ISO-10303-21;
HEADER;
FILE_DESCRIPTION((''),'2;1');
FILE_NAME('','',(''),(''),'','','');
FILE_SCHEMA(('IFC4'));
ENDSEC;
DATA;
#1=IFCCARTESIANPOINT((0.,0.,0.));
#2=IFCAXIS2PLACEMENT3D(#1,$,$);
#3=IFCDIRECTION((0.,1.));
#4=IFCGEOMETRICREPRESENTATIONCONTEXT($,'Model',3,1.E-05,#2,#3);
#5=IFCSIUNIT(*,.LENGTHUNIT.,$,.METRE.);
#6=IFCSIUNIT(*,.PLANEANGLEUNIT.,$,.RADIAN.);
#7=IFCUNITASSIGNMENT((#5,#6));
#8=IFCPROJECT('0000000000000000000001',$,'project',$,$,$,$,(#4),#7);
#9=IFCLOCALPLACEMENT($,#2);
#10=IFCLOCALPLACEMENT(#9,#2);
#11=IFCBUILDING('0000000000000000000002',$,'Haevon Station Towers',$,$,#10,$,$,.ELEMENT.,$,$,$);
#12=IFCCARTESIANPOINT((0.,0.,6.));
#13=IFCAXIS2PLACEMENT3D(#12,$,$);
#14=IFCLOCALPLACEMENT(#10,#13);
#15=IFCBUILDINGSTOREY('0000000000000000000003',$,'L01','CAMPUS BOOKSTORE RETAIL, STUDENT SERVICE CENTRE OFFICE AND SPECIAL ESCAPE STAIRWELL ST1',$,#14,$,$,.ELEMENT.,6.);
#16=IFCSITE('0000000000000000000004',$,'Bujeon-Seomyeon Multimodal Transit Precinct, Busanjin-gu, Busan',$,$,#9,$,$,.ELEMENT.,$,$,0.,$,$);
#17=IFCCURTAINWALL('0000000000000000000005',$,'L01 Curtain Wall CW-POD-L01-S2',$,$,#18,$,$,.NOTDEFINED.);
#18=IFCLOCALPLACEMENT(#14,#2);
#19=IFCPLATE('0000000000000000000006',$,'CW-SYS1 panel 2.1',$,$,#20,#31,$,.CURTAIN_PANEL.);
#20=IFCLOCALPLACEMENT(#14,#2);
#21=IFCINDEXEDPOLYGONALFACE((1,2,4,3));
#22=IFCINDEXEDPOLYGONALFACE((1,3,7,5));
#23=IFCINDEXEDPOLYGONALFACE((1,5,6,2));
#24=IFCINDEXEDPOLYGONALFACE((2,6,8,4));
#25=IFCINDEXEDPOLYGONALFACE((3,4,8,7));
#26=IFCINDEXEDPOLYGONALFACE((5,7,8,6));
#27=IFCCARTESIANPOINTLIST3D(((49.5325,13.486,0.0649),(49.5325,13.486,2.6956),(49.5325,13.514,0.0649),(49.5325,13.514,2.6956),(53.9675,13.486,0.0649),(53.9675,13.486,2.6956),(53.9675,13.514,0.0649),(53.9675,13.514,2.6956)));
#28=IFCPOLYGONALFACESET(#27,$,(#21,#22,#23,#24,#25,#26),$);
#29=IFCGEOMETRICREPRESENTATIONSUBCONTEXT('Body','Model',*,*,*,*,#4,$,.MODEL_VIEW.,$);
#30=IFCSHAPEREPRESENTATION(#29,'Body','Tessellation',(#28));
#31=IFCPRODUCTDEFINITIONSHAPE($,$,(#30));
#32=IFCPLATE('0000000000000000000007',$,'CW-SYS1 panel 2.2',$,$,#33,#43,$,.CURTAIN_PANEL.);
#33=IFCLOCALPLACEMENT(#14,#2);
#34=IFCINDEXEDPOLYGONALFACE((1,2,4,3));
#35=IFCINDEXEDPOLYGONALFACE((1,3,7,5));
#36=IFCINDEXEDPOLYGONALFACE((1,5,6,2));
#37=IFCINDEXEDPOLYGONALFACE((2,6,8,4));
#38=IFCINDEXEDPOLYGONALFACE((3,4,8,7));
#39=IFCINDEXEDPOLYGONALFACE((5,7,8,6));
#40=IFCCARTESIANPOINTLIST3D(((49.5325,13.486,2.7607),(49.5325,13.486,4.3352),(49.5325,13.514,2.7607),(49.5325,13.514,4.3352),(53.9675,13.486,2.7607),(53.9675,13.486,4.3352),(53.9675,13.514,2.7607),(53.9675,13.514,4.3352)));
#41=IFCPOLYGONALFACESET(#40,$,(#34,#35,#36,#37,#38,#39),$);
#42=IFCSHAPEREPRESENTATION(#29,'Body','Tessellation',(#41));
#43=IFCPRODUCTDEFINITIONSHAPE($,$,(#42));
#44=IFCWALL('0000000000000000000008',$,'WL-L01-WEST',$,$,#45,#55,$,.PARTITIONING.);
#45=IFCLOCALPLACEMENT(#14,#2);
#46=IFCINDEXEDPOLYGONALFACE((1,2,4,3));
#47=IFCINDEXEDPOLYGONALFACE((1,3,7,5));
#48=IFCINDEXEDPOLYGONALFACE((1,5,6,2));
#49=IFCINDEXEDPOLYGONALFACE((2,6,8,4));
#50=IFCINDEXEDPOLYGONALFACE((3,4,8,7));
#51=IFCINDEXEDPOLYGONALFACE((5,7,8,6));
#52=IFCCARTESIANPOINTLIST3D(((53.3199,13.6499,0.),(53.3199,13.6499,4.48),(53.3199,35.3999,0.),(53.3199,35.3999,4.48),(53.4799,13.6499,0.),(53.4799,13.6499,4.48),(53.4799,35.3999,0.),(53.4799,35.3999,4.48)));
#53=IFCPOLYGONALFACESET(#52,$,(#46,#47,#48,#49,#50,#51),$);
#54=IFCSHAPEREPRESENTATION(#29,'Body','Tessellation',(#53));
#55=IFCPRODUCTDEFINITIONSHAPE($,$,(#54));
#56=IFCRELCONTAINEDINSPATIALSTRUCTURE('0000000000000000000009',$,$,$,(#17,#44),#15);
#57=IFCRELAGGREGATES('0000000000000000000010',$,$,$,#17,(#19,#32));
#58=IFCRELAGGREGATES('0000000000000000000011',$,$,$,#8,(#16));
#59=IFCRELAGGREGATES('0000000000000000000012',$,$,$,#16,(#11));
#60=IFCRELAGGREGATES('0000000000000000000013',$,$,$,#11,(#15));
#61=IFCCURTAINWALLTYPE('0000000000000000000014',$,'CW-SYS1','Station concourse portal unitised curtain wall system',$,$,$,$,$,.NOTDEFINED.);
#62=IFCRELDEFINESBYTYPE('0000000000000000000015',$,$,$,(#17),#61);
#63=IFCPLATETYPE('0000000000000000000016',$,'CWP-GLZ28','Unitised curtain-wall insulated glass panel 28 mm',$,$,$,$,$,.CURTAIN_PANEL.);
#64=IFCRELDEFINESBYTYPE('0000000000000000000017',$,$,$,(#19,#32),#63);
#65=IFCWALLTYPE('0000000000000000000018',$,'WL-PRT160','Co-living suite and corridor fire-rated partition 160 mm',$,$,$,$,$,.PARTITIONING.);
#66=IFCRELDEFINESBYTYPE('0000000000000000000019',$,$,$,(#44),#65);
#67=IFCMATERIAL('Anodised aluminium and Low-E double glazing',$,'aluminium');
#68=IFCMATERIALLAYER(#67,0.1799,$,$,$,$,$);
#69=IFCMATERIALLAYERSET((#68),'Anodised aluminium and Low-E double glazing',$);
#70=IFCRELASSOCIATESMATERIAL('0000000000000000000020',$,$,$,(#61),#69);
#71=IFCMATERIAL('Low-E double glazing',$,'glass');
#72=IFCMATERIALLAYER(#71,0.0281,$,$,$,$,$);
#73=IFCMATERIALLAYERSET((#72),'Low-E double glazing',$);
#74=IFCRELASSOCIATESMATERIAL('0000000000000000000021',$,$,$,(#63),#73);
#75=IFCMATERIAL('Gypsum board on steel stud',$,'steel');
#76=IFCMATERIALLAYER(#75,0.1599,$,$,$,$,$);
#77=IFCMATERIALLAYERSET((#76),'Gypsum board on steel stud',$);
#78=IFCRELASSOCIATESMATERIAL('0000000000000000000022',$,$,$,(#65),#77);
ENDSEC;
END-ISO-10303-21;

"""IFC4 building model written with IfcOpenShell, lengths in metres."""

from ifc_helpers import new_model, si_unit, direction, frame, frame_2d, origin, origin_2d, place, context, subcontext, project, spatial, rectangle, extrude, material, layer, layer_set, type_object, element, aggregate, save


model = new_model("IFC4")

# Units and contexts
model_context = context("Model", 3, precision=1e-05, world=origin(), true_north=direction((0.0, 1.0)))
body_context = subcontext(model_context, "Body", "Model", "MODEL_VIEW")
ifc_project = project(units=[si_unit("LENGTHUNIT", "METRE"), si_unit("PLANEANGLEUNIT", "RADIAN")], contexts=[model_context])

# Site, building, storey
site_placement = place(None, origin())
site = spatial("IfcSite", under=ifc_project, at=site_placement, Name="Bujeon-Seomyeon Multimodal Transit Precinct, Busanjin-gu, Busan", CompositionType="ELEMENT", RefElevation=0.0)
building_placement = place(site_placement, origin())
building = spatial("IfcBuilding", under=site, at=building_placement, Name="Haevon Station Towers", CompositionType="ELEMENT")
storey_placement = place(building_placement, frame((0.0, 0.0, 6.0)))
storey = spatial("IfcBuildingStorey", under=building, at=storey_placement, Name="L01", Description="CAMPUS BOOKSTORE RETAIL, STUDENT SERVICE CENTRE OFFICE AND SPECIAL ESCAPE STAIRWELL ST1", CompositionType="ELEMENT", Elevation=6.0)

# Curtain wall, plates
ifc_material_1 = material(Name="Anodised aluminium and Low-E double glazing", Category="aluminium")
ifc_layer_1 = layer(ifc_material_1, 0.1799)
ifc_layer_set_1 = layer_set([ifc_layer_1], Name="Anodised aluminium and Low-E double glazing")
curtain_wall_type = type_object("IfcCurtainWallType", Name="CW-SYS1", Description="Station concourse portal unitised curtain wall system", PredefinedType="NOTDEFINED", material=ifc_layer_set_1)
curtain_wall_placement = place(storey_placement, origin())
curtain_wall = element("IfcCurtainWall", 1, at=curtain_wall_placement, inside=storey, type_object=curtain_wall_type, Name="L01 Curtain Wall CW-POD-L01-S2", PredefinedType="NOTDEFINED")
ifc_material_2 = material(Name="Low-E double glazing", Category="glass")
ifc_layer_2 = layer(ifc_material_2, 0.0281)
ifc_layer_set_2 = layer_set([ifc_layer_2], Name="Low-E double glazing")
plate_type = type_object("IfcPlateType", Name="CWP-GLZ28", Description="Unitised curtain-wall insulated glass panel 28 mm", PredefinedType="CURTAIN_PANEL", material=ifc_layer_set_2)
plate_1_placement = place(storey_placement, frame((51.75, 13.5, 0.0649), z_axis=(0.0, 0.0, 1.0), x_axis=(-1.0, 0.0, 0.0)))
plate_1 = element("IfcPlate", 2, at=plate_1_placement, type_object=plate_type, Name="CW-SYS1 panel 2.1", PredefinedType="CURTAIN_PANEL", context=body_context, shape_type="SweptSolid", body=[
    extrude(rectangle(XDim=4.4351, YDim=0.0281, at=origin_2d()), origin(), (0.0, 0.0, 1.0), 2.6306),
])
plate_2_placement = place(storey_placement, frame((51.75, 13.5, 2.7607), z_axis=(0.0, 0.0, 1.0), x_axis=(-1.0, 0.0, 0.0)))
plate_2 = element("IfcPlate", 3, at=plate_2_placement, type_object=plate_type, Name="CW-SYS1 panel 2.2", PredefinedType="CURTAIN_PANEL", context=body_context, shape_type="SweptSolid", body=[
    extrude(rectangle(XDim=4.4351, YDim=0.0281, at=origin_2d()), origin(), (0.0, 0.0, 1.0), 1.5745),
])
aggregate(curtain_wall, [plate_1, plate_2])

# Wall
ifc_material_3 = material(Name="Gypsum board on steel stud", Category="steel")
ifc_layer_3 = layer(ifc_material_3, 0.1599)
ifc_layer_set_3 = layer_set([ifc_layer_3], Name="Gypsum board on steel stud")
wall_type = type_object("IfcWallType", Name="WL-PRT160", Description="Co-living suite and corridor fire-rated partition 160 mm", PredefinedType="PARTITIONING", material=ifc_layer_set_3)
wall_placement = place(storey_placement, frame((53.3999, 13.6499, 0.0), z_axis=(0.0, 0.0, 1.0), x_axis=(0.0, 1.0, 0.0)))
element("IfcWall", 4, at=wall_placement, inside=storey, type_object=wall_type, Name="WL-L01-WEST", PredefinedType="PARTITIONING", context=body_context, shape_type="SweptSolid", body=[
    extrude(rectangle(XDim=21.75, YDim=0.1599, at=frame_2d((10.875, 0.0))), origin(), (0.0, 0.0, 1.0), 4.48),
])

save(model, "model.ifc")
